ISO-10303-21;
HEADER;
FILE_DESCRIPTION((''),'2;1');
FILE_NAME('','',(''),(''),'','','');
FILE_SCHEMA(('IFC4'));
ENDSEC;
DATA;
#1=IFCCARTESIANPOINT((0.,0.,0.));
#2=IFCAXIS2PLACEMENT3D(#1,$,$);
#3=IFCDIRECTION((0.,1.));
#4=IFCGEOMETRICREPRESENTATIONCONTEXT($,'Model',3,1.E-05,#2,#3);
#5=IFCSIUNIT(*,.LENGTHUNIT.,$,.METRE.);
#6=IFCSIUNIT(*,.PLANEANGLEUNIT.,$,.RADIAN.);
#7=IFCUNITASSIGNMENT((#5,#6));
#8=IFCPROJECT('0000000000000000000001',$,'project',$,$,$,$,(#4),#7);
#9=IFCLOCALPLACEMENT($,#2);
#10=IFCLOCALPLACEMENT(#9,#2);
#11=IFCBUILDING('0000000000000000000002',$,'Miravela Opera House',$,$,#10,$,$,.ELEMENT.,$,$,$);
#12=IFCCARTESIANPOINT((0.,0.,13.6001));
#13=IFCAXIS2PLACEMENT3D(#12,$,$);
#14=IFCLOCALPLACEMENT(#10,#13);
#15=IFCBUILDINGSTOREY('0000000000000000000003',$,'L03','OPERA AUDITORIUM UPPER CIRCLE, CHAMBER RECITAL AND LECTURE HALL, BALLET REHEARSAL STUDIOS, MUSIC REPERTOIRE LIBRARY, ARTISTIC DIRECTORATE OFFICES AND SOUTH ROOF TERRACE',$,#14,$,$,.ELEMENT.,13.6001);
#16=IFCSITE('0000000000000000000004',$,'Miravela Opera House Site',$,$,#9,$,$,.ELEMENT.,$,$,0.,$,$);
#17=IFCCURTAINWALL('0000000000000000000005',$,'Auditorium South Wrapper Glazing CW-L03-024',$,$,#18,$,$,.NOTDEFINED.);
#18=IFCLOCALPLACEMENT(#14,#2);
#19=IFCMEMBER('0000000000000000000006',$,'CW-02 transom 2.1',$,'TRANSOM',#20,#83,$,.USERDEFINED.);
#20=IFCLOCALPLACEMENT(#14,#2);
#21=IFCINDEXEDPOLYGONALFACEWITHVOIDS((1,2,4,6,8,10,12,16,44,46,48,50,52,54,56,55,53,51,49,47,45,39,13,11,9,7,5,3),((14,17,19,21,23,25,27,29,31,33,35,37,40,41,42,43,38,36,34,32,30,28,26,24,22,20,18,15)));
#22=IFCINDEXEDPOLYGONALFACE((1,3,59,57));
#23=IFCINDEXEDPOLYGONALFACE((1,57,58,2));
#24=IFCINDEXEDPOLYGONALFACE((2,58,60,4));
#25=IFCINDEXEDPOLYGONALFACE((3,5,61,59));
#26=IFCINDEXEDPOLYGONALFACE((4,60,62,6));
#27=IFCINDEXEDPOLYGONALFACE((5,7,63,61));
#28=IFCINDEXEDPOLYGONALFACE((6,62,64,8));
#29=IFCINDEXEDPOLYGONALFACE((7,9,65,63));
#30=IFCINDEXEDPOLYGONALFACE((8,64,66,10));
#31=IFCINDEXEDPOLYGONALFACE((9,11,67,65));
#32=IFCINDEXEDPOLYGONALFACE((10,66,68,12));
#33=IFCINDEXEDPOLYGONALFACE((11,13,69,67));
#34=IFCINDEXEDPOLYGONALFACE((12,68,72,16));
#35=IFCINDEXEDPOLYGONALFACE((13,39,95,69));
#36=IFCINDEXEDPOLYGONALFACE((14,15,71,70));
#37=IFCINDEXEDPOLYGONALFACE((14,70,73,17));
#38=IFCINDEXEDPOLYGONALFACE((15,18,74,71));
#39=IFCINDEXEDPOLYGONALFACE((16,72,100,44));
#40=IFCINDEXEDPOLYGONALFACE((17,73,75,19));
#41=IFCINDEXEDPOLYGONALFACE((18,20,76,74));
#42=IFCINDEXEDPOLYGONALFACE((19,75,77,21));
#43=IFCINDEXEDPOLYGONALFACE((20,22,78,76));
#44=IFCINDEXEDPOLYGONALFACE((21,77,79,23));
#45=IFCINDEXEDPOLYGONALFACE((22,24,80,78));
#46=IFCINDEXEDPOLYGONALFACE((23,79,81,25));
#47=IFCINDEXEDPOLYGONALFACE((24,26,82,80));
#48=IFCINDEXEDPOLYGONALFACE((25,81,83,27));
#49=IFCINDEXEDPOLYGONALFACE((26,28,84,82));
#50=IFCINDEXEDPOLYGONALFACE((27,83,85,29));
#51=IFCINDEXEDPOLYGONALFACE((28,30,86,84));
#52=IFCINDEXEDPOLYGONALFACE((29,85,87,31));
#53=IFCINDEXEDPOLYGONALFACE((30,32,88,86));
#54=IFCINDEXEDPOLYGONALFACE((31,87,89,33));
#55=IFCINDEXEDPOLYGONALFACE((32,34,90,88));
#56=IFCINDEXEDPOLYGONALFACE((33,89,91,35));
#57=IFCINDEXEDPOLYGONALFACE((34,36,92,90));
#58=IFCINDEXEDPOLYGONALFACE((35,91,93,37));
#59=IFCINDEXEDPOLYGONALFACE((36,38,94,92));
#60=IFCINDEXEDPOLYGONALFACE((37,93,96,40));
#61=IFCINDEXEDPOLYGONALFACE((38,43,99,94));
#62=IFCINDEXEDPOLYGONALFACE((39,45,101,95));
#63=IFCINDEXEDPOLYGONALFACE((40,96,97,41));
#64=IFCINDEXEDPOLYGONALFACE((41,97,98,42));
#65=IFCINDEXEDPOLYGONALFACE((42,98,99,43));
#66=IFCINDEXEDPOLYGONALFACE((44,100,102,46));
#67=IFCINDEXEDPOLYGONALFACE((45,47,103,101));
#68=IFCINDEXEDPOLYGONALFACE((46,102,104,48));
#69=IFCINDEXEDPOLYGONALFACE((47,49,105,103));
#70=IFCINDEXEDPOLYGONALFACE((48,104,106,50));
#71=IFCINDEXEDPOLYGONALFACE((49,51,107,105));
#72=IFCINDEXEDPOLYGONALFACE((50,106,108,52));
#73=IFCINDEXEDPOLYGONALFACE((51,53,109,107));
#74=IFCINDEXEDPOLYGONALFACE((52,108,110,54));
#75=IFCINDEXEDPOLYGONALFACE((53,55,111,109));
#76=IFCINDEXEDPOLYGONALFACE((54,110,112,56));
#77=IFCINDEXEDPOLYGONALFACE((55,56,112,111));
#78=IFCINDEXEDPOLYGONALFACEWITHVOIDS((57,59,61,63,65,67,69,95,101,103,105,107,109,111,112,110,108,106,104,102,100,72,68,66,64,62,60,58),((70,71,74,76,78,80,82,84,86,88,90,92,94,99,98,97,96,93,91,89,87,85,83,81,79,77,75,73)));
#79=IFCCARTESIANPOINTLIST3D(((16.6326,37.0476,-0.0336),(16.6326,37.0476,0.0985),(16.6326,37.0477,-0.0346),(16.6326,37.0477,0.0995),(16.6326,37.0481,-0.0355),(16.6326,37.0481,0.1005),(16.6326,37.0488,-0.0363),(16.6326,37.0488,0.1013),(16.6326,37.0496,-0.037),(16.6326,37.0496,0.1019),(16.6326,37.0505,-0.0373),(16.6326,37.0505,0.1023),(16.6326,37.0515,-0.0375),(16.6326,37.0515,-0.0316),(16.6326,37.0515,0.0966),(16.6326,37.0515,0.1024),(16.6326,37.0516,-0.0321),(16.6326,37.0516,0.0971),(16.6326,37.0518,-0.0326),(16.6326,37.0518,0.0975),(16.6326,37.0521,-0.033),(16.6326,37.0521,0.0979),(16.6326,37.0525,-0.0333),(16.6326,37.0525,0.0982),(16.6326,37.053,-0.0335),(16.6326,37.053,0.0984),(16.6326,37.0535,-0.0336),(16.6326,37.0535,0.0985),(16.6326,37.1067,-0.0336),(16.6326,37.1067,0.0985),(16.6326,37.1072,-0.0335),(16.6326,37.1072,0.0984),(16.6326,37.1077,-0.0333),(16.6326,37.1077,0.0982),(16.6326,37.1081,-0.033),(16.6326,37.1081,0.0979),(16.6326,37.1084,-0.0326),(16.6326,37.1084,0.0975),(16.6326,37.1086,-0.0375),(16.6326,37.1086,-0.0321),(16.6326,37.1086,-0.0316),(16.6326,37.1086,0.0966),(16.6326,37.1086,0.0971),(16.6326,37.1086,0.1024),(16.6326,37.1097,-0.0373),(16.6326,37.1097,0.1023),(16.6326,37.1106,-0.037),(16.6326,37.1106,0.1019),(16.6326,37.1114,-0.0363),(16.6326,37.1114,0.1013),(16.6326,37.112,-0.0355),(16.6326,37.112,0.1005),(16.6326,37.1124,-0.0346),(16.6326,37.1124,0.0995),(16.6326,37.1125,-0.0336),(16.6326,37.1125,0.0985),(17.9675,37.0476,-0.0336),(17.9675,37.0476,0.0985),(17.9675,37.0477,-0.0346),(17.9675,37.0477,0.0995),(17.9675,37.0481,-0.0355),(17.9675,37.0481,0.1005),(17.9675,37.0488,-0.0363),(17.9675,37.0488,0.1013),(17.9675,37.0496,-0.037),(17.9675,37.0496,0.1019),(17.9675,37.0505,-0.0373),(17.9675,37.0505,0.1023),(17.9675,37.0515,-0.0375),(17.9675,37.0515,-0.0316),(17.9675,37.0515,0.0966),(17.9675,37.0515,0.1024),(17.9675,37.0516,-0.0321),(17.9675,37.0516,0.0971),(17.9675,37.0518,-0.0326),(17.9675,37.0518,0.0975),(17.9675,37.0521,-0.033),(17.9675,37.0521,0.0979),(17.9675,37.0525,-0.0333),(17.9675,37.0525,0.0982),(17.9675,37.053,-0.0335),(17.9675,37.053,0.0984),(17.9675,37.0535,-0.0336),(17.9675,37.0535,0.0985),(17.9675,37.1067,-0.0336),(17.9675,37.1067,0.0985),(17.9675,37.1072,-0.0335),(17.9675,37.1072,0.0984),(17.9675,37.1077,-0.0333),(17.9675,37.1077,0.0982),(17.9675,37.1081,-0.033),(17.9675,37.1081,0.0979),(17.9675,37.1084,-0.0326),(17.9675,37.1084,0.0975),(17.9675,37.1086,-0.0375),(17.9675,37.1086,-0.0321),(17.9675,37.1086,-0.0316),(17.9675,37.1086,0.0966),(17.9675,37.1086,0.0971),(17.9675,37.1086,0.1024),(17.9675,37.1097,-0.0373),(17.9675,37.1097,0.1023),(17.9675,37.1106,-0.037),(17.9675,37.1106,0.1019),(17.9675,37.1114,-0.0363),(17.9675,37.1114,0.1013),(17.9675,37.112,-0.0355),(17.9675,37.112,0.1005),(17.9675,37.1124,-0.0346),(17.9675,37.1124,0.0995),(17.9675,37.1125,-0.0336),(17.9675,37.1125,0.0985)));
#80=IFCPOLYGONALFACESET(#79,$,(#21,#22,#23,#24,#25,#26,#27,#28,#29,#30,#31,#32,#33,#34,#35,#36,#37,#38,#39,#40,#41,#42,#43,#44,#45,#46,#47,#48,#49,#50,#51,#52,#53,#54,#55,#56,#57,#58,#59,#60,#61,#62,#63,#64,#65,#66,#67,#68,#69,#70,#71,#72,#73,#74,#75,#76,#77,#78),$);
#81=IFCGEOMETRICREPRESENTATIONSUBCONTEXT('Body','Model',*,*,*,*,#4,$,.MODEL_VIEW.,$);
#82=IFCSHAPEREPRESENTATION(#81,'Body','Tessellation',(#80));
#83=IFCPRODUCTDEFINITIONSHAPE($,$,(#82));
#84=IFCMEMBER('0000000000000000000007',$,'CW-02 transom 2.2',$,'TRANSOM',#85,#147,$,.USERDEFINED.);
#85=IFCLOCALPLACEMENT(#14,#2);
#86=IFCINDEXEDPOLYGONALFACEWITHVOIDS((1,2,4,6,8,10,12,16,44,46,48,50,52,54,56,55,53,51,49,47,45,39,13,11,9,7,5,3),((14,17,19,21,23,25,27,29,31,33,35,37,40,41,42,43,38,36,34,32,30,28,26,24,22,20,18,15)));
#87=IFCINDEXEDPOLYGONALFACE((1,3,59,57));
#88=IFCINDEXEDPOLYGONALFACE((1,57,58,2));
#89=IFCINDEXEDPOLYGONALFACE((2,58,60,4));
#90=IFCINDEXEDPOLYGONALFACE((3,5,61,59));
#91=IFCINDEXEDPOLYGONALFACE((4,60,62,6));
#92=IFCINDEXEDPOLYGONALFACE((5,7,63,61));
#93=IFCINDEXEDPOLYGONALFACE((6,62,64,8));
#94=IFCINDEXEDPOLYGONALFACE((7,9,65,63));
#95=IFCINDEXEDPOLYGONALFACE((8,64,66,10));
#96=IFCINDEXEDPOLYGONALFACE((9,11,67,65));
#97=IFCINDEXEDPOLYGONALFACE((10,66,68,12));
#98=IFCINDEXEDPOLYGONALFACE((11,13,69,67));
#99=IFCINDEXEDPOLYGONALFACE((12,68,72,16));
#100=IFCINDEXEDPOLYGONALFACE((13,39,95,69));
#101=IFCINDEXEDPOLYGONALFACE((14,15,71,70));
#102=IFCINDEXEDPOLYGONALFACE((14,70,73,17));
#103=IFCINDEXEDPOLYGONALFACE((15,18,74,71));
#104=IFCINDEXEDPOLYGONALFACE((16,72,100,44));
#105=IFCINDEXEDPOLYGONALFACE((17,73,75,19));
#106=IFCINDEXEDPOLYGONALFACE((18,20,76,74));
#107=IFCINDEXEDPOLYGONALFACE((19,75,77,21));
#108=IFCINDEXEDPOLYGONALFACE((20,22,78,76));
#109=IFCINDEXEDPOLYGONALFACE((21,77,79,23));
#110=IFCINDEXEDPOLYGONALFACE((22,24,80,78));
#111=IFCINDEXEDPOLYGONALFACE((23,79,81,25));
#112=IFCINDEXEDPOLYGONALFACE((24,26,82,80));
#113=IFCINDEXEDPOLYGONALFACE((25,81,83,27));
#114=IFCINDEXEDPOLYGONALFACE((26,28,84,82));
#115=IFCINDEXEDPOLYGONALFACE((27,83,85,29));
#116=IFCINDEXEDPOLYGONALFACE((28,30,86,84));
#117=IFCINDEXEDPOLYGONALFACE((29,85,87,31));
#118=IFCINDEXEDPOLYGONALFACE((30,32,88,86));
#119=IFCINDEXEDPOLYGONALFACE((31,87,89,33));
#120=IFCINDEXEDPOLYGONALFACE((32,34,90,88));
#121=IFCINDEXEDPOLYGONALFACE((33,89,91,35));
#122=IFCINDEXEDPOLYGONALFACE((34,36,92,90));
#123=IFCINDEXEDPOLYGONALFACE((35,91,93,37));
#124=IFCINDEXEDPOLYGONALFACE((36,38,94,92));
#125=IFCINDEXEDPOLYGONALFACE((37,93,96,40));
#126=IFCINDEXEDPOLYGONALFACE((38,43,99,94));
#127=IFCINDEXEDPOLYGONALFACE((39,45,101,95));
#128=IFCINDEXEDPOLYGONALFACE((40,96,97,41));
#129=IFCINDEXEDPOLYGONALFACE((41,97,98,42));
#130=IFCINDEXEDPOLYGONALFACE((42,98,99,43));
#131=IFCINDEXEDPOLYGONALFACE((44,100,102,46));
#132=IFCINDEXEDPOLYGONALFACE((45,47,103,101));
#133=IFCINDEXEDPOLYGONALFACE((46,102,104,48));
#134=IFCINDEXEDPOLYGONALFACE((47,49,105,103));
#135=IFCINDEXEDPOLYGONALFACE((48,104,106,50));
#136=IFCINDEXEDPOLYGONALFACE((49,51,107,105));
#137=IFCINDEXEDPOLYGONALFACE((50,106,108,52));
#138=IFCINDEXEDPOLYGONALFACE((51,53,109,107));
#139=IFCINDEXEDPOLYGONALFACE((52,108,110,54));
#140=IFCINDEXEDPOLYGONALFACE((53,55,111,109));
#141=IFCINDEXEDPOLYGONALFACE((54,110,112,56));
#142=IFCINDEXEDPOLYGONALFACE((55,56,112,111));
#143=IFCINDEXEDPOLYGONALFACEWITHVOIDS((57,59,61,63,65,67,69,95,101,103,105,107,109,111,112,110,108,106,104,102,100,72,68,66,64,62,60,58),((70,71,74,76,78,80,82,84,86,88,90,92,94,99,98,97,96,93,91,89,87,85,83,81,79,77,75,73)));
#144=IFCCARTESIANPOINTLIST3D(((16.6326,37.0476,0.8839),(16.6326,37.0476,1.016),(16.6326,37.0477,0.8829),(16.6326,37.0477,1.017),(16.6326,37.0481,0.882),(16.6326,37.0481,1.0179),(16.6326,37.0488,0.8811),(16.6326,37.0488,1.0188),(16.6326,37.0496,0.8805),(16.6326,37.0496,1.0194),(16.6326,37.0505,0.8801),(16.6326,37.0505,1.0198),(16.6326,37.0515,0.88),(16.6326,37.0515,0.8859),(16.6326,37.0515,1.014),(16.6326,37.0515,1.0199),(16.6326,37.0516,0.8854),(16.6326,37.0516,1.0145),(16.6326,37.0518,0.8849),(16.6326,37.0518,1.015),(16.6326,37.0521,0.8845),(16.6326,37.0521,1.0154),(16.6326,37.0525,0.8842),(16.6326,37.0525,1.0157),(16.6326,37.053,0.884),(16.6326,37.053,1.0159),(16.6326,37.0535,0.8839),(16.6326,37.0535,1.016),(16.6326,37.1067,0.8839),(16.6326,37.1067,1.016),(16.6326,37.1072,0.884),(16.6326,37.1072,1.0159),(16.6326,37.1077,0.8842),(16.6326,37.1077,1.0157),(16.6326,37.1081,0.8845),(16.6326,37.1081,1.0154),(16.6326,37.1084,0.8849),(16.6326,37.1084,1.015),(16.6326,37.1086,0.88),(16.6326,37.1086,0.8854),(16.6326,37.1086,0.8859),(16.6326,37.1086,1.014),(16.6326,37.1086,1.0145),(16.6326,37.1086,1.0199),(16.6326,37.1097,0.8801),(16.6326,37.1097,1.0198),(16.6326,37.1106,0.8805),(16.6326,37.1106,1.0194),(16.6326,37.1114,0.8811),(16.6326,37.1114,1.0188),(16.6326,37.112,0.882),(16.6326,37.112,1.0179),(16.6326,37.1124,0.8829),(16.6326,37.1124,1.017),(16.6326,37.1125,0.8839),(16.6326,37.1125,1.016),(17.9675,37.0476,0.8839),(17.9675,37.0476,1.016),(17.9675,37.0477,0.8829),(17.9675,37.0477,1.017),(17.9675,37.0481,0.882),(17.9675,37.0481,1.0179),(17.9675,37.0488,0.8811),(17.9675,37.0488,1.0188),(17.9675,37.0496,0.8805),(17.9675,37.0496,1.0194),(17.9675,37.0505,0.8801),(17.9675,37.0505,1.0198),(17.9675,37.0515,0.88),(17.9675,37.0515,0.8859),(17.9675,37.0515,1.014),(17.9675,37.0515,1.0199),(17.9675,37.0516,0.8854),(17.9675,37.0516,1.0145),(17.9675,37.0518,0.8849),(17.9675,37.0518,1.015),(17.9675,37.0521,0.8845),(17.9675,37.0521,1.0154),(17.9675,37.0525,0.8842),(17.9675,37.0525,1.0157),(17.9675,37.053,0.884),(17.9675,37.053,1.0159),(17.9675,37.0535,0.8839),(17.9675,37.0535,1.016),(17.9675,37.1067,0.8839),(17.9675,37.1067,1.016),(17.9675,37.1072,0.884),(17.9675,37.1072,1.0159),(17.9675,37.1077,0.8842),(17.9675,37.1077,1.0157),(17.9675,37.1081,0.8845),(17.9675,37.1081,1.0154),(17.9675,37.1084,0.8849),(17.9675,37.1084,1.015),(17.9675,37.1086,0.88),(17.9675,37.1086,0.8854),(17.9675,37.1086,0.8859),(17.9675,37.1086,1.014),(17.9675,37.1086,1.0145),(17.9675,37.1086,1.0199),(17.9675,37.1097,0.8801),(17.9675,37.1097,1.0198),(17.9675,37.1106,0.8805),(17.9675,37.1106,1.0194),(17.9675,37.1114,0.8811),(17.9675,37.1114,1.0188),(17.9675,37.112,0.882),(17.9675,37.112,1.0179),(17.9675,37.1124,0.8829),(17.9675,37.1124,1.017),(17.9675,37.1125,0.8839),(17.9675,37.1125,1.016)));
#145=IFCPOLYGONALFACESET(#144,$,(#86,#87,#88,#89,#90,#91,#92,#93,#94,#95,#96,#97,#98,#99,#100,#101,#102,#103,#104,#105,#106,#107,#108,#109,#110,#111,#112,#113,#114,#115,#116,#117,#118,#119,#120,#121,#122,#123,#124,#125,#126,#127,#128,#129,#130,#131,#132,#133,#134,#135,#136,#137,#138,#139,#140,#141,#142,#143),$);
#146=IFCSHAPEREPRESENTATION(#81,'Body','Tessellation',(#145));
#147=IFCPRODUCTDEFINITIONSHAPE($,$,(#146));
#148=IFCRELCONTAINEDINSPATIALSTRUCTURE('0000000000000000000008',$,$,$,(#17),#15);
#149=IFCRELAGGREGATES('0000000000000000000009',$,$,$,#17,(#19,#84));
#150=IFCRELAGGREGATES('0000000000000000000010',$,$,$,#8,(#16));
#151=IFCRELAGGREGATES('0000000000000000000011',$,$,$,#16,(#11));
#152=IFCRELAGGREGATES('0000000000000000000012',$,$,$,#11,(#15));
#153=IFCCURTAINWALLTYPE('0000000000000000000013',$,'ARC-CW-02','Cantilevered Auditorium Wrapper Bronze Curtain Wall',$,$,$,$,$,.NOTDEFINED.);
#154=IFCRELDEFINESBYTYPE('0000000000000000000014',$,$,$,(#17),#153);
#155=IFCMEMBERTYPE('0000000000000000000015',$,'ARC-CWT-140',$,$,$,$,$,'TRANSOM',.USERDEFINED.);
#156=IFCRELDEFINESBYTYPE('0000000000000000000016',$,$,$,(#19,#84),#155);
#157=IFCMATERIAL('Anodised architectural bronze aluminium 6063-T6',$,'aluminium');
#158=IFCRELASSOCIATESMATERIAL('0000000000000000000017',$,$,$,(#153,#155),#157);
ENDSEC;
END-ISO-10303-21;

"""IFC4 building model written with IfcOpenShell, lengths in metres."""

from ifc_helpers import new_model, si_unit, direction, frame, origin, origin_2d, place, context, subcontext, project, spatial, hollow_rectangle, extrude, material, material_profile, profile_set, type_object, element, aggregate, save


model = new_model("IFC4")

# Units and contexts
model_context = context("Model", 3, precision=1e-05, world=origin(), true_north=direction((0.0, 1.0)))
body_context = subcontext(model_context, "Body", "Model", "MODEL_VIEW")
ifc_project = project(units=[si_unit("LENGTHUNIT", "METRE"), si_unit("PLANEANGLEUNIT", "RADIAN")], contexts=[model_context])

# Site, building, storey
site_placement = place(None, origin())
site = spatial("IfcSite", under=ifc_project, at=site_placement, Name="Miravela Opera House Site", CompositionType="ELEMENT", RefElevation=0.0)
building_placement = place(site_placement, origin())
building = spatial("IfcBuilding", under=site, at=building_placement, Name="Miravela Opera House", CompositionType="ELEMENT")
storey_placement = place(building_placement, frame((0.0, 0.0, 13.6001)))
storey = spatial("IfcBuildingStorey", under=building, at=storey_placement, Name="L03", Description="OPERA AUDITORIUM UPPER CIRCLE, CHAMBER RECITAL AND LECTURE HALL, BALLET REHEARSAL STUDIOS, MUSIC REPERTOIRE LIBRARY, ARTISTIC DIRECTORATE OFFICES AND SOUTH ROOF TERRACE", CompositionType="ELEMENT", Elevation=13.6001)

# Curtain wall
ifc_material_1 = material(Name="Anodised architectural bronze aluminium 6063-T6", Category="aluminium")
curtain_wall_type = type_object("IfcCurtainWallType", Name="ARC-CW-02", Description="Cantilevered Auditorium Wrapper Bronze Curtain Wall", PredefinedType="NOTDEFINED", material=ifc_material_1)
curtain_wall_1_placement = place(storey_placement, origin())
curtain_wall_1 = element("IfcCurtainWall", 1, at=curtain_wall_1_placement, inside=storey, type_object=curtain_wall_type, Name="Auditorium South Wrapper Glazing CW-L03-024", PredefinedType="NOTDEFINED")

# Members
ifc_material_profile_1 = material_profile(ifc_material_1, hollow_rectangle(XDim=0.0649, YDim=0.1399, WallThickness=0.0039, InnerFilletRadius=0.002, OuterFilletRadius=0.0039, at=origin_2d()), Name="CWT-65X140")
ifc_profile_set_1 = profile_set([ifc_material_profile_1])
member_type_1 = type_object("IfcMemberType", Name="ARC-CWT-140", ElementType="TRANSOM", PredefinedType="USERDEFINED", material=ifc_profile_set_1)
member_1_placement = place(storey_placement, frame((16.6326, 37.0801, 0.0325), z_axis=(1.0, 0.0, 0.0), x_axis=(0.0, 1.0, 0.0)))
member_1 = element("IfcMember", 2, at=member_1_placement, type_object=member_type_1, Name="CW-02 transom 2.1", ObjectType="TRANSOM", PredefinedType="USERDEFINED", context=body_context, shape_type="SweptSolid", body=[
    extrude(hollow_rectangle(XDim=0.0649, YDim=0.1399, WallThickness=0.0039, InnerFilletRadius=0.002, OuterFilletRadius=0.0039, at=origin_2d()), origin(), (0.0, 0.0, 1.0), 1.335),
])
member_2_placement = place(storey_placement, frame((16.6326, 37.0801, 0.95), z_axis=(1.0, 0.0, 0.0), x_axis=(0.0, 1.0, 0.0)))
member_2 = element("IfcMember", 3, at=member_2_placement, type_object=member_type_1, Name="CW-02 transom 2.2", ObjectType="TRANSOM", PredefinedType="USERDEFINED", context=body_context, shape_type="SweptSolid", body=[
    extrude(hollow_rectangle(XDim=0.0649, YDim=0.1399, WallThickness=0.0039, InnerFilletRadius=0.002, OuterFilletRadius=0.0039, at=origin_2d()), origin(), (0.0, 0.0, 1.0), 1.335),
])

aggregate(curtain_wall_1, [member_1, member_2])

save(model, "model.ifc")
